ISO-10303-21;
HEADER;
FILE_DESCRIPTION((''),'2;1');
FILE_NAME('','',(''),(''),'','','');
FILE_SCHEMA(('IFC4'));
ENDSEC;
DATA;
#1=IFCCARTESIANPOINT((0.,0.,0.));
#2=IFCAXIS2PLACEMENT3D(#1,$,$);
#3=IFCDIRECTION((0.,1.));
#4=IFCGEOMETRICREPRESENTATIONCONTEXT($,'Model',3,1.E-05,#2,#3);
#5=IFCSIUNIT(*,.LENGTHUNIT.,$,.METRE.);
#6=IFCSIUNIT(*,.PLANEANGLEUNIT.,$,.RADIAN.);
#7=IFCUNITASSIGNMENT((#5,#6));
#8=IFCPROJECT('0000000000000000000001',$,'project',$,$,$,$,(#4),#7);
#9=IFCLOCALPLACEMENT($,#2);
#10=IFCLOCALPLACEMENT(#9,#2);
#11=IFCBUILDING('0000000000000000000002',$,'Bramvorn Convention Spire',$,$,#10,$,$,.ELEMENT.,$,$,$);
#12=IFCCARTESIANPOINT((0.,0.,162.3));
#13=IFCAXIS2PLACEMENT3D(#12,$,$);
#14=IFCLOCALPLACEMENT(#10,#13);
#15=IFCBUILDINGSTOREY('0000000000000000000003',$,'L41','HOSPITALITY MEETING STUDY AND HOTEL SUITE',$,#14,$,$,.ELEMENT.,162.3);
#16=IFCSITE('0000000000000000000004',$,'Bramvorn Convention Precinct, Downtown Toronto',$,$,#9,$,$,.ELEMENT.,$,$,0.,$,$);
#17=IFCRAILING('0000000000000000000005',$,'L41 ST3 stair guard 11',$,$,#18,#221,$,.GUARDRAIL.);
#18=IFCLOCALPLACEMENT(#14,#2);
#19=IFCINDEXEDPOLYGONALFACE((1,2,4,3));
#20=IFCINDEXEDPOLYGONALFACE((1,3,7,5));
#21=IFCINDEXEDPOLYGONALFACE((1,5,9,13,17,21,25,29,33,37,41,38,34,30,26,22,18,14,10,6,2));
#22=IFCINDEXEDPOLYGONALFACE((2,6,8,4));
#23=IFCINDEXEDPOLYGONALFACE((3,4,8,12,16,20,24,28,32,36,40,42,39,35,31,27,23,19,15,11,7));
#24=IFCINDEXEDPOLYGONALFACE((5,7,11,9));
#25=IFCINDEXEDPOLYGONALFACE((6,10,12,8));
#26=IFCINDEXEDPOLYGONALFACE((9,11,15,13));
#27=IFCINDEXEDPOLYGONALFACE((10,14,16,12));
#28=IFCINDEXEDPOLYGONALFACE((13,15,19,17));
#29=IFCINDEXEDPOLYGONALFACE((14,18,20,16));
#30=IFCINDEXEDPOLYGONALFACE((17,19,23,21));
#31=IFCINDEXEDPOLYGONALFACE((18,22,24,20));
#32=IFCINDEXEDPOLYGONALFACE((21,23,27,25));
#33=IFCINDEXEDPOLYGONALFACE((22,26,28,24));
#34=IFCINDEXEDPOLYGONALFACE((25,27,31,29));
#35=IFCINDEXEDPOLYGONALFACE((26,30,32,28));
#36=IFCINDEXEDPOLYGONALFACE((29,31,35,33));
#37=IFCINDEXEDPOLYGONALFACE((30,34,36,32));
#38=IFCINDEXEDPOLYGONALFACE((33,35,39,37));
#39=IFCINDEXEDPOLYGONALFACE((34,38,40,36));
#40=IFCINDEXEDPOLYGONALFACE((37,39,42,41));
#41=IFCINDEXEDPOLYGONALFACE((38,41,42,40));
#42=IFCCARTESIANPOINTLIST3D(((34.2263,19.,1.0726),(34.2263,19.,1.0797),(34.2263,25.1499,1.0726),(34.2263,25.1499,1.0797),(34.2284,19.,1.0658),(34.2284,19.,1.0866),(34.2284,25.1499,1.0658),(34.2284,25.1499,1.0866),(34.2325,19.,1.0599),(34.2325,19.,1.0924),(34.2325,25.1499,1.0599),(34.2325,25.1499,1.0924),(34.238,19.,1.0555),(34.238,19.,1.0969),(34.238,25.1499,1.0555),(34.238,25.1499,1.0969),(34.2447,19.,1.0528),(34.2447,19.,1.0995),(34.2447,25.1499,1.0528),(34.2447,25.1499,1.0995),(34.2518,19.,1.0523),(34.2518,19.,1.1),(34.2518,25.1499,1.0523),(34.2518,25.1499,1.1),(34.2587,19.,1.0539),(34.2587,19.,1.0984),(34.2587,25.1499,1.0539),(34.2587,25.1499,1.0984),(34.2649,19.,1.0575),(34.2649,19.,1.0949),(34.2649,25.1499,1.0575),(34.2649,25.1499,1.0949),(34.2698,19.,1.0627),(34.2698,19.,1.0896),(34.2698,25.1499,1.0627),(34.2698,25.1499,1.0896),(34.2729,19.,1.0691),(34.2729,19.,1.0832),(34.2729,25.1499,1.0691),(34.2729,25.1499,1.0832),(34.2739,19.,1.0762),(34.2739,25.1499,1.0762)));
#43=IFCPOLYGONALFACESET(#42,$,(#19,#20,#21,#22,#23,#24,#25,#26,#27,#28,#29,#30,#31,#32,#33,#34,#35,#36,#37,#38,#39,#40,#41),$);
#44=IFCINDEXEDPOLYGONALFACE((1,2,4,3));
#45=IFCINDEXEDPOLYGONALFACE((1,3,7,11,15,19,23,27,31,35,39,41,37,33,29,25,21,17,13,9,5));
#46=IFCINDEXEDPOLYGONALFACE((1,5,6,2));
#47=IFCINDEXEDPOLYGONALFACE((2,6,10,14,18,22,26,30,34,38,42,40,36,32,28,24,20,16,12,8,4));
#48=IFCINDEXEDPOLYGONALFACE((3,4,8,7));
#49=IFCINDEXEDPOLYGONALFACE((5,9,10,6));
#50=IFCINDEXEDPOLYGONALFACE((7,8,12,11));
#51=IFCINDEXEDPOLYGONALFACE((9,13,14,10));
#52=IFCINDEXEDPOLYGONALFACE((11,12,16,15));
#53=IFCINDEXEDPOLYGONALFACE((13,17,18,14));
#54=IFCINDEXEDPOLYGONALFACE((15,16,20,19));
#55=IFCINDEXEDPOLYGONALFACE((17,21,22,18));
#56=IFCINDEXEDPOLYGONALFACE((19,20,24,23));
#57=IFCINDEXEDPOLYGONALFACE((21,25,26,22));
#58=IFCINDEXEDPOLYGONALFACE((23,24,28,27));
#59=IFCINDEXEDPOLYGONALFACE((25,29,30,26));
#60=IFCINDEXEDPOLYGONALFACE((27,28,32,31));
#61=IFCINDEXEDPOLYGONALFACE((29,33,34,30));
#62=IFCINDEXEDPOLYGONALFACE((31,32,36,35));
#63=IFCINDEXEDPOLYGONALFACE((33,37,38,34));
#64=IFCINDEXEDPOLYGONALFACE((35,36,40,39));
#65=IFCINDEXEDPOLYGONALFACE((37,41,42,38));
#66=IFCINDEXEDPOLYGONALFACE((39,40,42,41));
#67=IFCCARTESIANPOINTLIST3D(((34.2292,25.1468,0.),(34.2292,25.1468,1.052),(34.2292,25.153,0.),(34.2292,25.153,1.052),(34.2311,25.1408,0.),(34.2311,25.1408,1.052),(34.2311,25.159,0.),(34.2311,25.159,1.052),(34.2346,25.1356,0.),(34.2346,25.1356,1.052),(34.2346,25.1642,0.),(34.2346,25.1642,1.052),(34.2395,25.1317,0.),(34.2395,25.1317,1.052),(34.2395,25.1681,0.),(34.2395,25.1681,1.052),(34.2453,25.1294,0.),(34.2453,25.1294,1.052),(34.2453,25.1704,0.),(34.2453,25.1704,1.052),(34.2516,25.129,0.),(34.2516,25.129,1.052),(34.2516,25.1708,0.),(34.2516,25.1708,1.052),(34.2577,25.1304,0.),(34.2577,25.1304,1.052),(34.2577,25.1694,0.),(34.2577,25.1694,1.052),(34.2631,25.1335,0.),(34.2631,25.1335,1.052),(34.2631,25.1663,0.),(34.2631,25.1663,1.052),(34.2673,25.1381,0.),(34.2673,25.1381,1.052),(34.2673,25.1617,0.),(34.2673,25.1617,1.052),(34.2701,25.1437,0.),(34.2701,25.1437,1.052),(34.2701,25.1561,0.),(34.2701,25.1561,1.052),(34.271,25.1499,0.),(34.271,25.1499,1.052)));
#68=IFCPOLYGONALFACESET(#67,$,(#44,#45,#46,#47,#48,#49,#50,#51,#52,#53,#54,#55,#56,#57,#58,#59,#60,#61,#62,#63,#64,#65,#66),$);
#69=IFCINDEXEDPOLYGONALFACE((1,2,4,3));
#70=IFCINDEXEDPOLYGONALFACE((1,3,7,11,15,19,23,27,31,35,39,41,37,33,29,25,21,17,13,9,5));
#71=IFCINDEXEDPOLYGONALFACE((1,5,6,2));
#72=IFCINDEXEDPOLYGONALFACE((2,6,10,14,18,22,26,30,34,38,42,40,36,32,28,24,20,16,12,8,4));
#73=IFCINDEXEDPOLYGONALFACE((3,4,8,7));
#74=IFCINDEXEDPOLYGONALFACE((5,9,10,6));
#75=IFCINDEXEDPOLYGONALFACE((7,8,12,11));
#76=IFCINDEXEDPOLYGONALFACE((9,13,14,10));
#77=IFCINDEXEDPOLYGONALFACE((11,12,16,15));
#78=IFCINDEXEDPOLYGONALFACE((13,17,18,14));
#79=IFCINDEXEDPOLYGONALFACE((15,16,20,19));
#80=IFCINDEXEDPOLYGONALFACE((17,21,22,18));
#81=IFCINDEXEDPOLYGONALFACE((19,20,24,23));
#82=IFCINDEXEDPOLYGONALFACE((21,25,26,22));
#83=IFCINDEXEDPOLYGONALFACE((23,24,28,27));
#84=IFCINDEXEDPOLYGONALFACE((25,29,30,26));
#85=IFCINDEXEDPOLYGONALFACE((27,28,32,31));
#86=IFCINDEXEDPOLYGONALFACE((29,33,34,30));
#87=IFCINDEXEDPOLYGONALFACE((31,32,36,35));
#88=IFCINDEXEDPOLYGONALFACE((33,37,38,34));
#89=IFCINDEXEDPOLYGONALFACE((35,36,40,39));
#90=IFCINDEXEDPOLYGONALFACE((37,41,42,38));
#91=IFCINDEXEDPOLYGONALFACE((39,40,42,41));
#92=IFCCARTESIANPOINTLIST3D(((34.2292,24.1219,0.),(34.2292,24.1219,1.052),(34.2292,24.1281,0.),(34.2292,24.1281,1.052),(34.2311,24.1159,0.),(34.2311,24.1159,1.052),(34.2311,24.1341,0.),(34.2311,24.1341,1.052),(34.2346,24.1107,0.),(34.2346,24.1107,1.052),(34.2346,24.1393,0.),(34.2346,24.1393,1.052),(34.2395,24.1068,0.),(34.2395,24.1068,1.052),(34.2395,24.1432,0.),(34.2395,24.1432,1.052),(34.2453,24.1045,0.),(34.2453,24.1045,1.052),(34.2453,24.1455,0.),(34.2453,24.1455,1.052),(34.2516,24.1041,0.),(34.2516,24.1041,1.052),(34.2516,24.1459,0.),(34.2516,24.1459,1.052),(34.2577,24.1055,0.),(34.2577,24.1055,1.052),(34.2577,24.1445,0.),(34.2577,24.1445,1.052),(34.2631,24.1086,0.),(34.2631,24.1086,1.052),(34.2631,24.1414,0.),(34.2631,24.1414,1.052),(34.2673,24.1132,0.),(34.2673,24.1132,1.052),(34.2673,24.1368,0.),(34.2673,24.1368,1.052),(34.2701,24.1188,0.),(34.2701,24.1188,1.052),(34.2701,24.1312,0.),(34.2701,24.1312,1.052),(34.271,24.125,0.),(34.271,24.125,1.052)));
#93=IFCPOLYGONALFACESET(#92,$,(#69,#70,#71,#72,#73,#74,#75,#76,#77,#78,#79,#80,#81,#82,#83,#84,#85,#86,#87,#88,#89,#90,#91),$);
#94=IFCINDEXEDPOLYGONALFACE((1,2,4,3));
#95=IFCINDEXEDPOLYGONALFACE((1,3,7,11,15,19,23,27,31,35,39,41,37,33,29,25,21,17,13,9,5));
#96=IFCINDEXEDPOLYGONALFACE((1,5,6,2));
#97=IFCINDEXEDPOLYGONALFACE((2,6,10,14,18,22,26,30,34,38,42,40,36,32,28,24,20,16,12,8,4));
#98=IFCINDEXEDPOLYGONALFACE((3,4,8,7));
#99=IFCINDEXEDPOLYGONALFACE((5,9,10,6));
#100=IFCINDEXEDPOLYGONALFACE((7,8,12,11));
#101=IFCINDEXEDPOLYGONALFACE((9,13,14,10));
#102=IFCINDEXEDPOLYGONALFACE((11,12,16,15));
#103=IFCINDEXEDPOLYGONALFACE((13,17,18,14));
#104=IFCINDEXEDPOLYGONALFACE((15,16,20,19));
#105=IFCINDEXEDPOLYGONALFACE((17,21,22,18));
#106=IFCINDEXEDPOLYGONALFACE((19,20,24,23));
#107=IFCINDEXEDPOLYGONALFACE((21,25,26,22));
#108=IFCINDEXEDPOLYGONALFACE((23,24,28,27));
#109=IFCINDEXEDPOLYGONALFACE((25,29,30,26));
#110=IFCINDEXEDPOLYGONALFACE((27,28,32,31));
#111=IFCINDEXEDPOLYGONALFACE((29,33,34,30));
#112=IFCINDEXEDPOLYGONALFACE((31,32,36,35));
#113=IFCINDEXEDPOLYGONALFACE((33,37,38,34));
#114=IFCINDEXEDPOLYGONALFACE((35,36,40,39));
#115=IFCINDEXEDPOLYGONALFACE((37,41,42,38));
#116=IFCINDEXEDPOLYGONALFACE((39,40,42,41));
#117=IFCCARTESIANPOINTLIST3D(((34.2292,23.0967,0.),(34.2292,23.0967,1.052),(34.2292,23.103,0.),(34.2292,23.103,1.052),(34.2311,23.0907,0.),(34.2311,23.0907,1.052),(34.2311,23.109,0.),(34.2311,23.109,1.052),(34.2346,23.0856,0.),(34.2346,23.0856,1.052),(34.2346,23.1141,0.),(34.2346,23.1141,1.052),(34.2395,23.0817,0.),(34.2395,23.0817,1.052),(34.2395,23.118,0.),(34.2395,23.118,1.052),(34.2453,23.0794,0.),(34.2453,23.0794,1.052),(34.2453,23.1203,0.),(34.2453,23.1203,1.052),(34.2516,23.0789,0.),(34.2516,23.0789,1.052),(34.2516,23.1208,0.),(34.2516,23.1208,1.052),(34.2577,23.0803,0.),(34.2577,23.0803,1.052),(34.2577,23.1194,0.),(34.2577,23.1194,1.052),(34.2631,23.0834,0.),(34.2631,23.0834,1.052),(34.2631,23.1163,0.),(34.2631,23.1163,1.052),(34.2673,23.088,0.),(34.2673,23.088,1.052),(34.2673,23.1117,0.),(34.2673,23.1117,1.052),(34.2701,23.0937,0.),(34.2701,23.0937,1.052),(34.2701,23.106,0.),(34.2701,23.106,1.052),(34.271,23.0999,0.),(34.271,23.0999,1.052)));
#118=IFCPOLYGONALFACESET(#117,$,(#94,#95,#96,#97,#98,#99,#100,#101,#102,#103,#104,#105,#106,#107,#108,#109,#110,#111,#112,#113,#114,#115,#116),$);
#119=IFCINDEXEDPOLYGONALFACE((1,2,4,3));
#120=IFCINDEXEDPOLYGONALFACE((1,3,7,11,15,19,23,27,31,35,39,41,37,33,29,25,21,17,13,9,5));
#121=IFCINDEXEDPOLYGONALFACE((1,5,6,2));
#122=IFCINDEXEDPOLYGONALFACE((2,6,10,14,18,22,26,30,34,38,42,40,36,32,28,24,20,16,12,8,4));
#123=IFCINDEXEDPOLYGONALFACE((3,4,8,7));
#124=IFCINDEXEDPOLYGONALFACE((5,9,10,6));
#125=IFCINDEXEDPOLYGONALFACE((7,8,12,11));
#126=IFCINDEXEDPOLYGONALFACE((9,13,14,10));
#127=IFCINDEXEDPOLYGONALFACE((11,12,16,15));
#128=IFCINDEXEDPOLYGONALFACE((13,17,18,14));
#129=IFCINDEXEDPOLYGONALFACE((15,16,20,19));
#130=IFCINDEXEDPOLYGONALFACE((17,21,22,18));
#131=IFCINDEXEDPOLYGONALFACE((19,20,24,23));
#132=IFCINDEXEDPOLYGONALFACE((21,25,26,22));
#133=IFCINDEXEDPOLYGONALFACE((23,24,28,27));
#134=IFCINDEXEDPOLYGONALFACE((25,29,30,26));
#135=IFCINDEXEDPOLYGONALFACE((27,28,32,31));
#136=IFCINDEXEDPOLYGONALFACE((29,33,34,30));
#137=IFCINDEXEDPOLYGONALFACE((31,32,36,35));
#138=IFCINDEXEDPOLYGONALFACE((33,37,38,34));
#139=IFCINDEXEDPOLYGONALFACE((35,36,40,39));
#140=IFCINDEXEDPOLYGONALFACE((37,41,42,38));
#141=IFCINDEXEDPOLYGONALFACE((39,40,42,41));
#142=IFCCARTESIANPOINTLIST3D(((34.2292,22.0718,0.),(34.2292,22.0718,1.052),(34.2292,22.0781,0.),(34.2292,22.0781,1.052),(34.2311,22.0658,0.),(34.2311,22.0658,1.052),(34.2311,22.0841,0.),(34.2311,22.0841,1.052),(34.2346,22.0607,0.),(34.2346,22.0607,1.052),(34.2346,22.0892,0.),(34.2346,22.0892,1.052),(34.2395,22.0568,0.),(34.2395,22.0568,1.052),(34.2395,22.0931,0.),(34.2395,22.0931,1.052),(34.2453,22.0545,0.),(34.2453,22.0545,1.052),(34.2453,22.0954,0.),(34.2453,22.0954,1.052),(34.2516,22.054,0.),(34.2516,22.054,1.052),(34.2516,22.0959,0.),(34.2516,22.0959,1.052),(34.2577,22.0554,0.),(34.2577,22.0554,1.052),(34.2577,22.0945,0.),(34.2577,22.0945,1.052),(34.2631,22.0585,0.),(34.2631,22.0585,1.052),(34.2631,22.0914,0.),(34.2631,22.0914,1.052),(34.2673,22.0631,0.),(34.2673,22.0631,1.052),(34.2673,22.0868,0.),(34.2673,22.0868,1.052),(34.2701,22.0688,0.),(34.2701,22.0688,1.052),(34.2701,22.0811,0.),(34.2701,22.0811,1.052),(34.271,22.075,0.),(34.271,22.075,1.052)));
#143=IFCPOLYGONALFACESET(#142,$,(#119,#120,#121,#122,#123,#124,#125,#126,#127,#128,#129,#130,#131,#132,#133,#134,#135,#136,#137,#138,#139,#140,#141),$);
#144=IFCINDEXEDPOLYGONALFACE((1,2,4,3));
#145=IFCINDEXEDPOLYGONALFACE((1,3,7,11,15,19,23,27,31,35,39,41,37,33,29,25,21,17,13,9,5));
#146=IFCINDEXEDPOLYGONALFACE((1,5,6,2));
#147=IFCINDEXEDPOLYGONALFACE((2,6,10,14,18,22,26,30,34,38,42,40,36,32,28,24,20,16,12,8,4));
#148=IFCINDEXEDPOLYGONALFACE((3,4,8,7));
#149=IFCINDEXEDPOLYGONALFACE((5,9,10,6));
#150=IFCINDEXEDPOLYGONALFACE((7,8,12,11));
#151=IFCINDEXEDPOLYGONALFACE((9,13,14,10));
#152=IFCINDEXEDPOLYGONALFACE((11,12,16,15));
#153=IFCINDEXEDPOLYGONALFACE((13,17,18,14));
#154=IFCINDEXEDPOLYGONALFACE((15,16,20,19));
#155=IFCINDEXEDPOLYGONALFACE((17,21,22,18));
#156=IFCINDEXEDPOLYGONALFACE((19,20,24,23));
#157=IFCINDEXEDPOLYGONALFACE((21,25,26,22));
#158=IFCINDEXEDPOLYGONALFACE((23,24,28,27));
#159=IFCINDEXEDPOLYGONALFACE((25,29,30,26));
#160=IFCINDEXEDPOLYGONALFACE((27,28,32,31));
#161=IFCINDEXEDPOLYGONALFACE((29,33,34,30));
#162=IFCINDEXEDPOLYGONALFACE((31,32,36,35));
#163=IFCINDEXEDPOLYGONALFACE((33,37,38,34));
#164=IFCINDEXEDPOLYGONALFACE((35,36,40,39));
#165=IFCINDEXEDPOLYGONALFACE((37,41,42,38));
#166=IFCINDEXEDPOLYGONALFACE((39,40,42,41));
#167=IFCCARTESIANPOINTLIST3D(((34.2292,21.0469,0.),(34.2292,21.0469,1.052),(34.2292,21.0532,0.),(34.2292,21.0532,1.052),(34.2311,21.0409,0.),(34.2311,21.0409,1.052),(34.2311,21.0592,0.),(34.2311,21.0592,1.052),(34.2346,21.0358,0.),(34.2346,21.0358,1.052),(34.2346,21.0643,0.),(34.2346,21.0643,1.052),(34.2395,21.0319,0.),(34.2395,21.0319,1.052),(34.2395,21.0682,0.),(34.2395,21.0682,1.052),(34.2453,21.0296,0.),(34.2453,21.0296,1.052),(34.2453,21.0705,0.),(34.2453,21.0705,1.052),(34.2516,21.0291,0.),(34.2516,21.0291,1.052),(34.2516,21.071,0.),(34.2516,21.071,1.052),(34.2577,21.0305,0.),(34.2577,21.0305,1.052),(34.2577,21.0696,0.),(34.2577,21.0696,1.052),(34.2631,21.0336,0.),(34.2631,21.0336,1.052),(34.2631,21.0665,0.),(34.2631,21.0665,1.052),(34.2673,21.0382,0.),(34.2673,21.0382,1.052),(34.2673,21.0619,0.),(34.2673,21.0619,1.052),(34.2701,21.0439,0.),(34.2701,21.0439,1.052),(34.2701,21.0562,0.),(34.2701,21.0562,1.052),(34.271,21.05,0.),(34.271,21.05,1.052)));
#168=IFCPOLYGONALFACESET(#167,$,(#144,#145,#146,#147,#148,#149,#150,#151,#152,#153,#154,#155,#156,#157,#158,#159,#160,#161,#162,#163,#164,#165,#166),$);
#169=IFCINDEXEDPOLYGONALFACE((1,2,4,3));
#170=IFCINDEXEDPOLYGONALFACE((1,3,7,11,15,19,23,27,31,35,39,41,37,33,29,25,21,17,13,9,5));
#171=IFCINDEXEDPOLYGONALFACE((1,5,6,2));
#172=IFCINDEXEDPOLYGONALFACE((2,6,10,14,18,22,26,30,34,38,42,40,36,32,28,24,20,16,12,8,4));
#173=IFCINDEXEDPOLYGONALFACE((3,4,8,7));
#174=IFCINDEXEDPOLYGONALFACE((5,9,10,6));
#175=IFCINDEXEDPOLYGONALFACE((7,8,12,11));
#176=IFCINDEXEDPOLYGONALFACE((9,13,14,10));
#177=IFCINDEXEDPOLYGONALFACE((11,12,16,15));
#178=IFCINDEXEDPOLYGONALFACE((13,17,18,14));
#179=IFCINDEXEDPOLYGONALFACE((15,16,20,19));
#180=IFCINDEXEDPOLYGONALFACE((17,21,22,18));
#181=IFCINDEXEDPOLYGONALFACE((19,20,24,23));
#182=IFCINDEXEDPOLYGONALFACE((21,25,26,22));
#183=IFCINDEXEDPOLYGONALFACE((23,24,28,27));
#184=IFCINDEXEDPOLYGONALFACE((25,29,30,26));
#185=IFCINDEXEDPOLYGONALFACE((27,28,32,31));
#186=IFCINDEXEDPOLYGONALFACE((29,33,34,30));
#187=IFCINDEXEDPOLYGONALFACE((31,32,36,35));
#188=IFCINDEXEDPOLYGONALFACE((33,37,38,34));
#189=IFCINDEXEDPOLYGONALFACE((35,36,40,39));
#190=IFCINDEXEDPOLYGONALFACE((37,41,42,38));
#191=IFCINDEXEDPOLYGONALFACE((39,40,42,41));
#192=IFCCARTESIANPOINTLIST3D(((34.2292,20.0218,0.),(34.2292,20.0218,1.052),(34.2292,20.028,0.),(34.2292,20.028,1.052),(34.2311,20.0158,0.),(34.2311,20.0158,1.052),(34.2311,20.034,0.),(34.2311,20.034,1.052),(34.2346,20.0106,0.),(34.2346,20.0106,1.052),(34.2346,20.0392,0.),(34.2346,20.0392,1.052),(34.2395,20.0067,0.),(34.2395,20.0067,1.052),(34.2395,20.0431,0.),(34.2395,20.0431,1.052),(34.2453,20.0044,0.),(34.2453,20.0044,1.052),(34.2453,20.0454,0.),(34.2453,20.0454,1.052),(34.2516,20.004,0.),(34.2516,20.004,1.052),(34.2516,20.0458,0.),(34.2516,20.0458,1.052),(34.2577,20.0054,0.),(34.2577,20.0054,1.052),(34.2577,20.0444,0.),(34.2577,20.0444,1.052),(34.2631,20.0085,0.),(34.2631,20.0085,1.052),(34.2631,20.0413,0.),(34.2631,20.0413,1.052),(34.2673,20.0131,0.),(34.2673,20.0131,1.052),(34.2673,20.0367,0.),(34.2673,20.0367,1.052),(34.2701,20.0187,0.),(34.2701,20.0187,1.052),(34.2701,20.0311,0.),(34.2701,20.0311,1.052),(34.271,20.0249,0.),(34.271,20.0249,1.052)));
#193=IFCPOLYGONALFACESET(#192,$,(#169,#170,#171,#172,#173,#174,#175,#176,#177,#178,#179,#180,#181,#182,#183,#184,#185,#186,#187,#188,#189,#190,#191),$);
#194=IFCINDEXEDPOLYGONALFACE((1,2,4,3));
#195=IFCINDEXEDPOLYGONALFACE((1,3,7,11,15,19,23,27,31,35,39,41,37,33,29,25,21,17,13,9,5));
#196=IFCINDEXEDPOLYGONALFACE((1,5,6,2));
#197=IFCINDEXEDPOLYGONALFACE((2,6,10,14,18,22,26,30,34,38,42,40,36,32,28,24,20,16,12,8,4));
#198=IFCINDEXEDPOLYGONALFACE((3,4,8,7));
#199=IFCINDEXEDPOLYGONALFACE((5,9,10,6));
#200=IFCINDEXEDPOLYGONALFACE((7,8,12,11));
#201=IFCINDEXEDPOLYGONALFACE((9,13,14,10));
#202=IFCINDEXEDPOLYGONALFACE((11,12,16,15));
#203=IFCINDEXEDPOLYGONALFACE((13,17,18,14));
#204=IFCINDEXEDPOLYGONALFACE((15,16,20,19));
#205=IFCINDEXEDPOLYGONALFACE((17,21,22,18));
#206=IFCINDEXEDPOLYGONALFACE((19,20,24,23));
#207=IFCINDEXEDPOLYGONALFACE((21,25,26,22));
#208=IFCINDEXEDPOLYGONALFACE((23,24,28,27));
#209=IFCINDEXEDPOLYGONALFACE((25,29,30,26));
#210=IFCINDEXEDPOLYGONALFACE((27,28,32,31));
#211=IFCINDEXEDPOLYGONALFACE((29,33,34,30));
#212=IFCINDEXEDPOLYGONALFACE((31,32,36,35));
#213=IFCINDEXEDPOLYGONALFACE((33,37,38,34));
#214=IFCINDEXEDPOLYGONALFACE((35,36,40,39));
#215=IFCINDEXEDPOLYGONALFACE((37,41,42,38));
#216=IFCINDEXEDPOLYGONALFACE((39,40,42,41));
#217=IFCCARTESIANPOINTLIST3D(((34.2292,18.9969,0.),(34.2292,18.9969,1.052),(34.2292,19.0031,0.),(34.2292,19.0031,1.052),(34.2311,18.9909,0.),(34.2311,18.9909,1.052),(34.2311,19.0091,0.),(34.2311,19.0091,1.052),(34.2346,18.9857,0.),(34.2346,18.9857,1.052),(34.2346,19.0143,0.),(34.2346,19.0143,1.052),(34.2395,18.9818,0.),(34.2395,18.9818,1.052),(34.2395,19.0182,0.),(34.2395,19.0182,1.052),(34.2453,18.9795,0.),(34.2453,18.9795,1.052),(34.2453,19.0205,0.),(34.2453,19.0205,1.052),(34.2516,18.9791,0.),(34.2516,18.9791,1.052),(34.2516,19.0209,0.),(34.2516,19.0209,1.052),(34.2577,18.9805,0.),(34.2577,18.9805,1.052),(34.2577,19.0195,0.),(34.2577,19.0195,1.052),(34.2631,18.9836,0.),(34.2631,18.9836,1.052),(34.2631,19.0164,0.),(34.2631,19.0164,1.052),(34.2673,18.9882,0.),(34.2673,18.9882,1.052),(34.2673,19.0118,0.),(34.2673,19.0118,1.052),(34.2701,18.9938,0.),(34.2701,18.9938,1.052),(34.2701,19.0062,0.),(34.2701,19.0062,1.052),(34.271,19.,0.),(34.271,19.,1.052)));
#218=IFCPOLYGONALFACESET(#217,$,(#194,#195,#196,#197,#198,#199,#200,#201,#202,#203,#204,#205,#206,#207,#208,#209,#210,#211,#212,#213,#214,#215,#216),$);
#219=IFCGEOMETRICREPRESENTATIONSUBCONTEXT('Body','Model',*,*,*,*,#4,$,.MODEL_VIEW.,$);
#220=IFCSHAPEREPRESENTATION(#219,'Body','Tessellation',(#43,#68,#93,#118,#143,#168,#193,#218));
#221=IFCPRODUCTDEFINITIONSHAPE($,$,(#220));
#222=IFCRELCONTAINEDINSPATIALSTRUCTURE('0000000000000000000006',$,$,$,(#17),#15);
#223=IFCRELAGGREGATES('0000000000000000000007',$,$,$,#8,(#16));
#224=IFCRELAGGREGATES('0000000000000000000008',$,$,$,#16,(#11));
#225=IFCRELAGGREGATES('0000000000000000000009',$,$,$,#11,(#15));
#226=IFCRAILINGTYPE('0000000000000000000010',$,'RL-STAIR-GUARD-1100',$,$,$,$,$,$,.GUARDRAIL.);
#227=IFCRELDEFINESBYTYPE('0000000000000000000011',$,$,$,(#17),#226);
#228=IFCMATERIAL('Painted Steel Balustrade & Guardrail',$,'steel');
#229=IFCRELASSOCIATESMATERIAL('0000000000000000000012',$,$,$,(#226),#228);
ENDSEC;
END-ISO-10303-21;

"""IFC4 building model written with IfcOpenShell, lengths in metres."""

from ifc_helpers import new_model, si_unit, direction, frame, origin, origin_2d, place, context, subcontext, project, spatial, circle, extrude, material, type_object, element, save


model = new_model("IFC4")

# Units and contexts
model_context = context("Model", 3, precision=1e-05, world=origin(), true_north=direction((0.0, 1.0)))
body_context = subcontext(model_context, "Body", "Model", "MODEL_VIEW")
ifc_project = project(units=[si_unit("LENGTHUNIT", "METRE"), si_unit("PLANEANGLEUNIT", "RADIAN")], contexts=[model_context])

# Site, building, storey
site_placement = place(None, origin())
site = spatial("IfcSite", under=ifc_project, at=site_placement, Name="Bramvorn Convention Precinct, Downtown Toronto", CompositionType="ELEMENT", RefElevation=0.0)
building_placement = place(site_placement, origin())
building = spatial("IfcBuilding", under=site, at=building_placement, Name="Bramvorn Convention Spire", CompositionType="ELEMENT")
storey_placement = place(building_placement, frame((0.0, 0.0, 162.3)))
storey = spatial("IfcBuildingStorey", under=building, at=storey_placement, Name="L41", Description="HOSPITALITY MEETING STUDY AND HOTEL SUITE", CompositionType="ELEMENT", Elevation=162.3)

# Railing
ifc_material_1 = material(Name="Painted Steel Balustrade & Guardrail", Category="steel")
railing_type_1 = type_object("IfcRailingType", Name="RL-STAIR-GUARD-1100", PredefinedType="GUARDRAIL", material=ifc_material_1)
railing_1_placement = place(storey_placement, frame((34.25, 25.1499, 0.0)))
element("IfcRailing", 1, at=railing_1_placement, inside=storey, type_object=railing_type_1, Name="L41 ST3 stair guard 11", PredefinedType="GUARDRAIL", context=body_context, shape_type="SweptSolid", body=[
    extrude(circle(Radius=0.0239, at=origin_2d()), frame((0.0, 0.0, 1.0762), z_axis=(0.0, -1.0, 0.0), x_axis=(1.0, 0.0, 0.0)), (0.0, 0.0, 1.0), 6.1499),
    extrude(circle(Radius=0.021, at=origin_2d()), origin(), (0.0, 0.0, 1.0), 1.052),
    extrude(circle(Radius=0.021, at=origin_2d()), frame((0.0, -1.0249, 0.0)), (0.0, 0.0, 1.0), 1.052),
    extrude(circle(Radius=0.021, at=origin_2d()), frame((0.0, -2.05, 0.0)), (0.0, 0.0, 1.0), 1.052),
    extrude(circle(Radius=0.021, at=origin_2d()), frame((0.0, -3.075, 0.0)), (0.0, 0.0, 1.0), 1.052),
    extrude(circle(Radius=0.021, at=origin_2d()), frame((0.0, -4.0999, 0.0)), (0.0, 0.0, 1.0), 1.052),
    extrude(circle(Radius=0.021, at=origin_2d()), frame((0.0, -5.125, 0.0)), (0.0, 0.0, 1.0), 1.052),
    extrude(circle(Radius=0.021, at=origin_2d()), frame((0.0, -6.1499, 0.0)), (0.0, 0.0, 1.0), 1.052),
])

save(model, "model.ifc")
